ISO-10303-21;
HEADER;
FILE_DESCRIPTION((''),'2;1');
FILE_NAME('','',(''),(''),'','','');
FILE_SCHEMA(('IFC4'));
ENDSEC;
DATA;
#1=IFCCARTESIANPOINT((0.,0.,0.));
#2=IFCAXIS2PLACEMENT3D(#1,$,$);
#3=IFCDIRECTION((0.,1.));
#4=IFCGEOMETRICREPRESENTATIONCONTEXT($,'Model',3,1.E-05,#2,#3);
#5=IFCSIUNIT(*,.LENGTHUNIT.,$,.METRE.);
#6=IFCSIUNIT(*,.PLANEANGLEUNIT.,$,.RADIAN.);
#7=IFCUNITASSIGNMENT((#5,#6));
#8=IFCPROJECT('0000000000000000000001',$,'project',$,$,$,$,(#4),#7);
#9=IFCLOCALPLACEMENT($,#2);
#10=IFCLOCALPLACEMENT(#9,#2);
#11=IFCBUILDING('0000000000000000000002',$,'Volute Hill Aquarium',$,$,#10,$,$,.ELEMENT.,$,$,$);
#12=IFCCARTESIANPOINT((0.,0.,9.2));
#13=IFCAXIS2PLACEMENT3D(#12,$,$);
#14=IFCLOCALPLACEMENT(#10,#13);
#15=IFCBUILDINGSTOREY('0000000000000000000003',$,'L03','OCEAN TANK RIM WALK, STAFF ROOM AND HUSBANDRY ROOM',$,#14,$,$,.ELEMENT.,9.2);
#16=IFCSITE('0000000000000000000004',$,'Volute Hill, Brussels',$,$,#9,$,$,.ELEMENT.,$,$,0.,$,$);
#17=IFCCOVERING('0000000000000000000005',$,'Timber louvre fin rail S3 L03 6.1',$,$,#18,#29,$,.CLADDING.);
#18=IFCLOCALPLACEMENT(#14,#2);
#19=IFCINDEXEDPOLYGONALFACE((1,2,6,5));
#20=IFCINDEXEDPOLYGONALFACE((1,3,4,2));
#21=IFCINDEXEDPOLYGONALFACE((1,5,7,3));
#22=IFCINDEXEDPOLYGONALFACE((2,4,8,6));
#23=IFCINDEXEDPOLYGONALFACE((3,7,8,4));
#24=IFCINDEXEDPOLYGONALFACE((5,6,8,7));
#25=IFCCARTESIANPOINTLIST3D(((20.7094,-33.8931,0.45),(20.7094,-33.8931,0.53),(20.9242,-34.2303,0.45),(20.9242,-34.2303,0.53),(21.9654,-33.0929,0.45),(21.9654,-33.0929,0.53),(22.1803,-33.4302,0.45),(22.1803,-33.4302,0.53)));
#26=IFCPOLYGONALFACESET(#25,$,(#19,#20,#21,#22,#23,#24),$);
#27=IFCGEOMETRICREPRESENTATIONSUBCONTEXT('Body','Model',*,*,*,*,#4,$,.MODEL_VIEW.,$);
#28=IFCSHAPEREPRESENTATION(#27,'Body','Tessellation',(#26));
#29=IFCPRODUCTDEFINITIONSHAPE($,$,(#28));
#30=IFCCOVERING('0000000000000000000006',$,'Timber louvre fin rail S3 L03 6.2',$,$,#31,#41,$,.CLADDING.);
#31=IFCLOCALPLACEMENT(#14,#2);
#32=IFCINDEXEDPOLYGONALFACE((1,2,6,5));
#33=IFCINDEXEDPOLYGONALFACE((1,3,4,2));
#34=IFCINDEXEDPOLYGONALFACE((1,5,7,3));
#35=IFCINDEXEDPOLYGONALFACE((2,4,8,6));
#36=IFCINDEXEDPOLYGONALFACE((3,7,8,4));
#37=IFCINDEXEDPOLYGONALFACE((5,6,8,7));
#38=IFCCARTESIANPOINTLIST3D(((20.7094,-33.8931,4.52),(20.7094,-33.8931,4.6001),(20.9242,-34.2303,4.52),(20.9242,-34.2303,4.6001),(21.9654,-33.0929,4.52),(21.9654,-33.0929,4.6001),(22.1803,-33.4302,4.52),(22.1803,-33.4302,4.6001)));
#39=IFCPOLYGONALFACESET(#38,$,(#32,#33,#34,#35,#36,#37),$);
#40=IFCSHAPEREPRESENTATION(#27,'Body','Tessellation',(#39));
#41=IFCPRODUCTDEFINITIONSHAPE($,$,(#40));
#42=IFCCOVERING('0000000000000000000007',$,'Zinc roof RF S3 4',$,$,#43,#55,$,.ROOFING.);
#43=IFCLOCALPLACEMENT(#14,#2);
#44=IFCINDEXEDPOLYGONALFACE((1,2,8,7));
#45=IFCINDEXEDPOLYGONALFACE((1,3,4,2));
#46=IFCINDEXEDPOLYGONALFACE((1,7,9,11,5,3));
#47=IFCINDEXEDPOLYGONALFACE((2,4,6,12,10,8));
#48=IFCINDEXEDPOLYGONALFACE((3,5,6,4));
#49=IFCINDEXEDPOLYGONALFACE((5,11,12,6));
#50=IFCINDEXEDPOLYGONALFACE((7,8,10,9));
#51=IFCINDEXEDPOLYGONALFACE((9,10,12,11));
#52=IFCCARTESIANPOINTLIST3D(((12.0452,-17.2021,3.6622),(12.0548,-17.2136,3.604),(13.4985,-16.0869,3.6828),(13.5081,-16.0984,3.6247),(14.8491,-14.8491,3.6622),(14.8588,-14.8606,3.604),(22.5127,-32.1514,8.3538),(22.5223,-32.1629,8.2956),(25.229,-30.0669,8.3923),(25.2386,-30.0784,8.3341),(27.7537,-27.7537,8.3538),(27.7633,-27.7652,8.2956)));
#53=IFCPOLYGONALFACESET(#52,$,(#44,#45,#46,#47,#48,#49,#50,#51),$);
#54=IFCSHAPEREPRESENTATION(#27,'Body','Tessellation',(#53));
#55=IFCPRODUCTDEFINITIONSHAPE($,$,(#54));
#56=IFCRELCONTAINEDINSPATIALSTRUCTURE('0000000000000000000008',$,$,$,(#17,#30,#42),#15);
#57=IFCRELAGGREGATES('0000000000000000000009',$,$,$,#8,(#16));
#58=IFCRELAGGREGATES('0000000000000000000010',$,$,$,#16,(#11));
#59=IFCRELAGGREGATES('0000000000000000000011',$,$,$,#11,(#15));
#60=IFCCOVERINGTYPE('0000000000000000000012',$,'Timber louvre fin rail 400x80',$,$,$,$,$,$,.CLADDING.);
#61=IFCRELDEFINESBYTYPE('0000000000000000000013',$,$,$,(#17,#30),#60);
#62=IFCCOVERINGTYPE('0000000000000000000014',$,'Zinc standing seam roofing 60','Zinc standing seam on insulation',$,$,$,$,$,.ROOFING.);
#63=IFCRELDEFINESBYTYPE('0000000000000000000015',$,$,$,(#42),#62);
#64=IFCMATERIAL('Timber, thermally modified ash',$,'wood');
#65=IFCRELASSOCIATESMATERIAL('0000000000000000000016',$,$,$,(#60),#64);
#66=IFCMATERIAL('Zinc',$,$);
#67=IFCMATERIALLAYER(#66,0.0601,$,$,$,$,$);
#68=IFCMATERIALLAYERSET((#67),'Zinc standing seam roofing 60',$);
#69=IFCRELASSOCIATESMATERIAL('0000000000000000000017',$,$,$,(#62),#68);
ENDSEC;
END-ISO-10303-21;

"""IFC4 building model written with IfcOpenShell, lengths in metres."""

from ifc_helpers import new_model, si_unit, direction, frame, origin, origin_2d, place, context, subcontext, project, spatial, polyline, rectangle, outline, extrude, material, layer, layer_set, type_object, element, save


model = new_model("IFC4")

# Units and contexts
model_context = context("Model", 3, precision=1e-05, world=origin(), true_north=direction((0.0, 1.0)))
body_context = subcontext(model_context, "Body", "Model", "MODEL_VIEW")
ifc_project = project(units=[si_unit("LENGTHUNIT", "METRE"), si_unit("PLANEANGLEUNIT", "RADIAN")], contexts=[model_context])

# Site, building, storey
site_placement = place(None, origin())
site = spatial("IfcSite", under=ifc_project, at=site_placement, Name="Volute Hill, Brussels", CompositionType="ELEMENT", RefElevation=0.0)
building_placement = place(site_placement, origin())
building = spatial("IfcBuilding", under=site, at=building_placement, Name="Volute Hill Aquarium", CompositionType="ELEMENT")
storey_placement = place(building_placement, frame((0.0, 0.0, 9.2)))
storey = spatial("IfcBuildingStorey", under=building, at=storey_placement, Name="L03", Description="OCEAN TANK RIM WALK, STAFF ROOM AND HUSBANDRY ROOM", CompositionType="ELEMENT", Elevation=9.2)

# Coverings
ifc_material_1 = material(Name="Timber, thermally modified ash", Category="wood")
covering_type_1 = type_object("IfcCoveringType", Name="Timber louvre fin rail 400x80", PredefinedType="CLADDING", material=ifc_material_1)
for number, where, z_axis, x_axis, name in (
    (1, (21.4448, -33.6616, 0.45), (0.0, 0.0, 1.0), (0.843389, 0.537303, 0.0), "Timber louvre fin rail S3 L03 6.1"),
    (2, (21.4448, -33.6616, 4.52), (0.0, 0.0, 1.0), (0.843389, 0.537303, 0.0), "Timber louvre fin rail S3 L03 6.2"),
):
    element("IfcCovering", number, at=place(storey_placement, frame(where, z_axis=z_axis, x_axis=x_axis)), inside=storey, type_object=covering_type_1, Name=name, PredefinedType="CLADDING", context=body_context, shape_type="SweptSolid", body=[
        extrude(rectangle(XDim=1.4893, YDim=0.3999, at=origin_2d()), origin(), (0.0, 0.0, 1.0), 0.0801),
    ])
ifc_material_2 = material(Name="Zinc")
ifc_layer_1 = layer(ifc_material_2, 0.0601)
ifc_layer_set_1 = layer_set([ifc_layer_1], Name="Zinc standing seam roofing 60")
covering_type_2 = type_object("IfcCoveringType", Name="Zinc standing seam roofing 60", Description="Zinc standing seam on insulation", PredefinedType="ROOFING", material=ifc_layer_set_1)
covering_1_placement = place(storey_placement, frame((22.5127, -32.1514, 8.3538), z_axis=(-0.160619, 0.191411, 0.968279), x_axis=(0.79327, 0.608766, 0.011246)))
element("IfcCovering", 3, at=covering_1_placement, inside=storey, type_object=covering_type_2, Name="Zinc roof RF S3 4", PredefinedType="ROOFING", context=body_context, shape_type="SweptSolid", body=[
    extrude(outline(polyline([(0.0, 0.0), (3.4242, 0.0), (6.8347, 0.3078), (4.401, 18.9932), (2.5763, 18.8283), (0.7442, 18.8283), (0.0, 0.0)])), origin(), (0.0, 0.0, -1.0), 0.0601),
])

save(model, "model.ifc")
